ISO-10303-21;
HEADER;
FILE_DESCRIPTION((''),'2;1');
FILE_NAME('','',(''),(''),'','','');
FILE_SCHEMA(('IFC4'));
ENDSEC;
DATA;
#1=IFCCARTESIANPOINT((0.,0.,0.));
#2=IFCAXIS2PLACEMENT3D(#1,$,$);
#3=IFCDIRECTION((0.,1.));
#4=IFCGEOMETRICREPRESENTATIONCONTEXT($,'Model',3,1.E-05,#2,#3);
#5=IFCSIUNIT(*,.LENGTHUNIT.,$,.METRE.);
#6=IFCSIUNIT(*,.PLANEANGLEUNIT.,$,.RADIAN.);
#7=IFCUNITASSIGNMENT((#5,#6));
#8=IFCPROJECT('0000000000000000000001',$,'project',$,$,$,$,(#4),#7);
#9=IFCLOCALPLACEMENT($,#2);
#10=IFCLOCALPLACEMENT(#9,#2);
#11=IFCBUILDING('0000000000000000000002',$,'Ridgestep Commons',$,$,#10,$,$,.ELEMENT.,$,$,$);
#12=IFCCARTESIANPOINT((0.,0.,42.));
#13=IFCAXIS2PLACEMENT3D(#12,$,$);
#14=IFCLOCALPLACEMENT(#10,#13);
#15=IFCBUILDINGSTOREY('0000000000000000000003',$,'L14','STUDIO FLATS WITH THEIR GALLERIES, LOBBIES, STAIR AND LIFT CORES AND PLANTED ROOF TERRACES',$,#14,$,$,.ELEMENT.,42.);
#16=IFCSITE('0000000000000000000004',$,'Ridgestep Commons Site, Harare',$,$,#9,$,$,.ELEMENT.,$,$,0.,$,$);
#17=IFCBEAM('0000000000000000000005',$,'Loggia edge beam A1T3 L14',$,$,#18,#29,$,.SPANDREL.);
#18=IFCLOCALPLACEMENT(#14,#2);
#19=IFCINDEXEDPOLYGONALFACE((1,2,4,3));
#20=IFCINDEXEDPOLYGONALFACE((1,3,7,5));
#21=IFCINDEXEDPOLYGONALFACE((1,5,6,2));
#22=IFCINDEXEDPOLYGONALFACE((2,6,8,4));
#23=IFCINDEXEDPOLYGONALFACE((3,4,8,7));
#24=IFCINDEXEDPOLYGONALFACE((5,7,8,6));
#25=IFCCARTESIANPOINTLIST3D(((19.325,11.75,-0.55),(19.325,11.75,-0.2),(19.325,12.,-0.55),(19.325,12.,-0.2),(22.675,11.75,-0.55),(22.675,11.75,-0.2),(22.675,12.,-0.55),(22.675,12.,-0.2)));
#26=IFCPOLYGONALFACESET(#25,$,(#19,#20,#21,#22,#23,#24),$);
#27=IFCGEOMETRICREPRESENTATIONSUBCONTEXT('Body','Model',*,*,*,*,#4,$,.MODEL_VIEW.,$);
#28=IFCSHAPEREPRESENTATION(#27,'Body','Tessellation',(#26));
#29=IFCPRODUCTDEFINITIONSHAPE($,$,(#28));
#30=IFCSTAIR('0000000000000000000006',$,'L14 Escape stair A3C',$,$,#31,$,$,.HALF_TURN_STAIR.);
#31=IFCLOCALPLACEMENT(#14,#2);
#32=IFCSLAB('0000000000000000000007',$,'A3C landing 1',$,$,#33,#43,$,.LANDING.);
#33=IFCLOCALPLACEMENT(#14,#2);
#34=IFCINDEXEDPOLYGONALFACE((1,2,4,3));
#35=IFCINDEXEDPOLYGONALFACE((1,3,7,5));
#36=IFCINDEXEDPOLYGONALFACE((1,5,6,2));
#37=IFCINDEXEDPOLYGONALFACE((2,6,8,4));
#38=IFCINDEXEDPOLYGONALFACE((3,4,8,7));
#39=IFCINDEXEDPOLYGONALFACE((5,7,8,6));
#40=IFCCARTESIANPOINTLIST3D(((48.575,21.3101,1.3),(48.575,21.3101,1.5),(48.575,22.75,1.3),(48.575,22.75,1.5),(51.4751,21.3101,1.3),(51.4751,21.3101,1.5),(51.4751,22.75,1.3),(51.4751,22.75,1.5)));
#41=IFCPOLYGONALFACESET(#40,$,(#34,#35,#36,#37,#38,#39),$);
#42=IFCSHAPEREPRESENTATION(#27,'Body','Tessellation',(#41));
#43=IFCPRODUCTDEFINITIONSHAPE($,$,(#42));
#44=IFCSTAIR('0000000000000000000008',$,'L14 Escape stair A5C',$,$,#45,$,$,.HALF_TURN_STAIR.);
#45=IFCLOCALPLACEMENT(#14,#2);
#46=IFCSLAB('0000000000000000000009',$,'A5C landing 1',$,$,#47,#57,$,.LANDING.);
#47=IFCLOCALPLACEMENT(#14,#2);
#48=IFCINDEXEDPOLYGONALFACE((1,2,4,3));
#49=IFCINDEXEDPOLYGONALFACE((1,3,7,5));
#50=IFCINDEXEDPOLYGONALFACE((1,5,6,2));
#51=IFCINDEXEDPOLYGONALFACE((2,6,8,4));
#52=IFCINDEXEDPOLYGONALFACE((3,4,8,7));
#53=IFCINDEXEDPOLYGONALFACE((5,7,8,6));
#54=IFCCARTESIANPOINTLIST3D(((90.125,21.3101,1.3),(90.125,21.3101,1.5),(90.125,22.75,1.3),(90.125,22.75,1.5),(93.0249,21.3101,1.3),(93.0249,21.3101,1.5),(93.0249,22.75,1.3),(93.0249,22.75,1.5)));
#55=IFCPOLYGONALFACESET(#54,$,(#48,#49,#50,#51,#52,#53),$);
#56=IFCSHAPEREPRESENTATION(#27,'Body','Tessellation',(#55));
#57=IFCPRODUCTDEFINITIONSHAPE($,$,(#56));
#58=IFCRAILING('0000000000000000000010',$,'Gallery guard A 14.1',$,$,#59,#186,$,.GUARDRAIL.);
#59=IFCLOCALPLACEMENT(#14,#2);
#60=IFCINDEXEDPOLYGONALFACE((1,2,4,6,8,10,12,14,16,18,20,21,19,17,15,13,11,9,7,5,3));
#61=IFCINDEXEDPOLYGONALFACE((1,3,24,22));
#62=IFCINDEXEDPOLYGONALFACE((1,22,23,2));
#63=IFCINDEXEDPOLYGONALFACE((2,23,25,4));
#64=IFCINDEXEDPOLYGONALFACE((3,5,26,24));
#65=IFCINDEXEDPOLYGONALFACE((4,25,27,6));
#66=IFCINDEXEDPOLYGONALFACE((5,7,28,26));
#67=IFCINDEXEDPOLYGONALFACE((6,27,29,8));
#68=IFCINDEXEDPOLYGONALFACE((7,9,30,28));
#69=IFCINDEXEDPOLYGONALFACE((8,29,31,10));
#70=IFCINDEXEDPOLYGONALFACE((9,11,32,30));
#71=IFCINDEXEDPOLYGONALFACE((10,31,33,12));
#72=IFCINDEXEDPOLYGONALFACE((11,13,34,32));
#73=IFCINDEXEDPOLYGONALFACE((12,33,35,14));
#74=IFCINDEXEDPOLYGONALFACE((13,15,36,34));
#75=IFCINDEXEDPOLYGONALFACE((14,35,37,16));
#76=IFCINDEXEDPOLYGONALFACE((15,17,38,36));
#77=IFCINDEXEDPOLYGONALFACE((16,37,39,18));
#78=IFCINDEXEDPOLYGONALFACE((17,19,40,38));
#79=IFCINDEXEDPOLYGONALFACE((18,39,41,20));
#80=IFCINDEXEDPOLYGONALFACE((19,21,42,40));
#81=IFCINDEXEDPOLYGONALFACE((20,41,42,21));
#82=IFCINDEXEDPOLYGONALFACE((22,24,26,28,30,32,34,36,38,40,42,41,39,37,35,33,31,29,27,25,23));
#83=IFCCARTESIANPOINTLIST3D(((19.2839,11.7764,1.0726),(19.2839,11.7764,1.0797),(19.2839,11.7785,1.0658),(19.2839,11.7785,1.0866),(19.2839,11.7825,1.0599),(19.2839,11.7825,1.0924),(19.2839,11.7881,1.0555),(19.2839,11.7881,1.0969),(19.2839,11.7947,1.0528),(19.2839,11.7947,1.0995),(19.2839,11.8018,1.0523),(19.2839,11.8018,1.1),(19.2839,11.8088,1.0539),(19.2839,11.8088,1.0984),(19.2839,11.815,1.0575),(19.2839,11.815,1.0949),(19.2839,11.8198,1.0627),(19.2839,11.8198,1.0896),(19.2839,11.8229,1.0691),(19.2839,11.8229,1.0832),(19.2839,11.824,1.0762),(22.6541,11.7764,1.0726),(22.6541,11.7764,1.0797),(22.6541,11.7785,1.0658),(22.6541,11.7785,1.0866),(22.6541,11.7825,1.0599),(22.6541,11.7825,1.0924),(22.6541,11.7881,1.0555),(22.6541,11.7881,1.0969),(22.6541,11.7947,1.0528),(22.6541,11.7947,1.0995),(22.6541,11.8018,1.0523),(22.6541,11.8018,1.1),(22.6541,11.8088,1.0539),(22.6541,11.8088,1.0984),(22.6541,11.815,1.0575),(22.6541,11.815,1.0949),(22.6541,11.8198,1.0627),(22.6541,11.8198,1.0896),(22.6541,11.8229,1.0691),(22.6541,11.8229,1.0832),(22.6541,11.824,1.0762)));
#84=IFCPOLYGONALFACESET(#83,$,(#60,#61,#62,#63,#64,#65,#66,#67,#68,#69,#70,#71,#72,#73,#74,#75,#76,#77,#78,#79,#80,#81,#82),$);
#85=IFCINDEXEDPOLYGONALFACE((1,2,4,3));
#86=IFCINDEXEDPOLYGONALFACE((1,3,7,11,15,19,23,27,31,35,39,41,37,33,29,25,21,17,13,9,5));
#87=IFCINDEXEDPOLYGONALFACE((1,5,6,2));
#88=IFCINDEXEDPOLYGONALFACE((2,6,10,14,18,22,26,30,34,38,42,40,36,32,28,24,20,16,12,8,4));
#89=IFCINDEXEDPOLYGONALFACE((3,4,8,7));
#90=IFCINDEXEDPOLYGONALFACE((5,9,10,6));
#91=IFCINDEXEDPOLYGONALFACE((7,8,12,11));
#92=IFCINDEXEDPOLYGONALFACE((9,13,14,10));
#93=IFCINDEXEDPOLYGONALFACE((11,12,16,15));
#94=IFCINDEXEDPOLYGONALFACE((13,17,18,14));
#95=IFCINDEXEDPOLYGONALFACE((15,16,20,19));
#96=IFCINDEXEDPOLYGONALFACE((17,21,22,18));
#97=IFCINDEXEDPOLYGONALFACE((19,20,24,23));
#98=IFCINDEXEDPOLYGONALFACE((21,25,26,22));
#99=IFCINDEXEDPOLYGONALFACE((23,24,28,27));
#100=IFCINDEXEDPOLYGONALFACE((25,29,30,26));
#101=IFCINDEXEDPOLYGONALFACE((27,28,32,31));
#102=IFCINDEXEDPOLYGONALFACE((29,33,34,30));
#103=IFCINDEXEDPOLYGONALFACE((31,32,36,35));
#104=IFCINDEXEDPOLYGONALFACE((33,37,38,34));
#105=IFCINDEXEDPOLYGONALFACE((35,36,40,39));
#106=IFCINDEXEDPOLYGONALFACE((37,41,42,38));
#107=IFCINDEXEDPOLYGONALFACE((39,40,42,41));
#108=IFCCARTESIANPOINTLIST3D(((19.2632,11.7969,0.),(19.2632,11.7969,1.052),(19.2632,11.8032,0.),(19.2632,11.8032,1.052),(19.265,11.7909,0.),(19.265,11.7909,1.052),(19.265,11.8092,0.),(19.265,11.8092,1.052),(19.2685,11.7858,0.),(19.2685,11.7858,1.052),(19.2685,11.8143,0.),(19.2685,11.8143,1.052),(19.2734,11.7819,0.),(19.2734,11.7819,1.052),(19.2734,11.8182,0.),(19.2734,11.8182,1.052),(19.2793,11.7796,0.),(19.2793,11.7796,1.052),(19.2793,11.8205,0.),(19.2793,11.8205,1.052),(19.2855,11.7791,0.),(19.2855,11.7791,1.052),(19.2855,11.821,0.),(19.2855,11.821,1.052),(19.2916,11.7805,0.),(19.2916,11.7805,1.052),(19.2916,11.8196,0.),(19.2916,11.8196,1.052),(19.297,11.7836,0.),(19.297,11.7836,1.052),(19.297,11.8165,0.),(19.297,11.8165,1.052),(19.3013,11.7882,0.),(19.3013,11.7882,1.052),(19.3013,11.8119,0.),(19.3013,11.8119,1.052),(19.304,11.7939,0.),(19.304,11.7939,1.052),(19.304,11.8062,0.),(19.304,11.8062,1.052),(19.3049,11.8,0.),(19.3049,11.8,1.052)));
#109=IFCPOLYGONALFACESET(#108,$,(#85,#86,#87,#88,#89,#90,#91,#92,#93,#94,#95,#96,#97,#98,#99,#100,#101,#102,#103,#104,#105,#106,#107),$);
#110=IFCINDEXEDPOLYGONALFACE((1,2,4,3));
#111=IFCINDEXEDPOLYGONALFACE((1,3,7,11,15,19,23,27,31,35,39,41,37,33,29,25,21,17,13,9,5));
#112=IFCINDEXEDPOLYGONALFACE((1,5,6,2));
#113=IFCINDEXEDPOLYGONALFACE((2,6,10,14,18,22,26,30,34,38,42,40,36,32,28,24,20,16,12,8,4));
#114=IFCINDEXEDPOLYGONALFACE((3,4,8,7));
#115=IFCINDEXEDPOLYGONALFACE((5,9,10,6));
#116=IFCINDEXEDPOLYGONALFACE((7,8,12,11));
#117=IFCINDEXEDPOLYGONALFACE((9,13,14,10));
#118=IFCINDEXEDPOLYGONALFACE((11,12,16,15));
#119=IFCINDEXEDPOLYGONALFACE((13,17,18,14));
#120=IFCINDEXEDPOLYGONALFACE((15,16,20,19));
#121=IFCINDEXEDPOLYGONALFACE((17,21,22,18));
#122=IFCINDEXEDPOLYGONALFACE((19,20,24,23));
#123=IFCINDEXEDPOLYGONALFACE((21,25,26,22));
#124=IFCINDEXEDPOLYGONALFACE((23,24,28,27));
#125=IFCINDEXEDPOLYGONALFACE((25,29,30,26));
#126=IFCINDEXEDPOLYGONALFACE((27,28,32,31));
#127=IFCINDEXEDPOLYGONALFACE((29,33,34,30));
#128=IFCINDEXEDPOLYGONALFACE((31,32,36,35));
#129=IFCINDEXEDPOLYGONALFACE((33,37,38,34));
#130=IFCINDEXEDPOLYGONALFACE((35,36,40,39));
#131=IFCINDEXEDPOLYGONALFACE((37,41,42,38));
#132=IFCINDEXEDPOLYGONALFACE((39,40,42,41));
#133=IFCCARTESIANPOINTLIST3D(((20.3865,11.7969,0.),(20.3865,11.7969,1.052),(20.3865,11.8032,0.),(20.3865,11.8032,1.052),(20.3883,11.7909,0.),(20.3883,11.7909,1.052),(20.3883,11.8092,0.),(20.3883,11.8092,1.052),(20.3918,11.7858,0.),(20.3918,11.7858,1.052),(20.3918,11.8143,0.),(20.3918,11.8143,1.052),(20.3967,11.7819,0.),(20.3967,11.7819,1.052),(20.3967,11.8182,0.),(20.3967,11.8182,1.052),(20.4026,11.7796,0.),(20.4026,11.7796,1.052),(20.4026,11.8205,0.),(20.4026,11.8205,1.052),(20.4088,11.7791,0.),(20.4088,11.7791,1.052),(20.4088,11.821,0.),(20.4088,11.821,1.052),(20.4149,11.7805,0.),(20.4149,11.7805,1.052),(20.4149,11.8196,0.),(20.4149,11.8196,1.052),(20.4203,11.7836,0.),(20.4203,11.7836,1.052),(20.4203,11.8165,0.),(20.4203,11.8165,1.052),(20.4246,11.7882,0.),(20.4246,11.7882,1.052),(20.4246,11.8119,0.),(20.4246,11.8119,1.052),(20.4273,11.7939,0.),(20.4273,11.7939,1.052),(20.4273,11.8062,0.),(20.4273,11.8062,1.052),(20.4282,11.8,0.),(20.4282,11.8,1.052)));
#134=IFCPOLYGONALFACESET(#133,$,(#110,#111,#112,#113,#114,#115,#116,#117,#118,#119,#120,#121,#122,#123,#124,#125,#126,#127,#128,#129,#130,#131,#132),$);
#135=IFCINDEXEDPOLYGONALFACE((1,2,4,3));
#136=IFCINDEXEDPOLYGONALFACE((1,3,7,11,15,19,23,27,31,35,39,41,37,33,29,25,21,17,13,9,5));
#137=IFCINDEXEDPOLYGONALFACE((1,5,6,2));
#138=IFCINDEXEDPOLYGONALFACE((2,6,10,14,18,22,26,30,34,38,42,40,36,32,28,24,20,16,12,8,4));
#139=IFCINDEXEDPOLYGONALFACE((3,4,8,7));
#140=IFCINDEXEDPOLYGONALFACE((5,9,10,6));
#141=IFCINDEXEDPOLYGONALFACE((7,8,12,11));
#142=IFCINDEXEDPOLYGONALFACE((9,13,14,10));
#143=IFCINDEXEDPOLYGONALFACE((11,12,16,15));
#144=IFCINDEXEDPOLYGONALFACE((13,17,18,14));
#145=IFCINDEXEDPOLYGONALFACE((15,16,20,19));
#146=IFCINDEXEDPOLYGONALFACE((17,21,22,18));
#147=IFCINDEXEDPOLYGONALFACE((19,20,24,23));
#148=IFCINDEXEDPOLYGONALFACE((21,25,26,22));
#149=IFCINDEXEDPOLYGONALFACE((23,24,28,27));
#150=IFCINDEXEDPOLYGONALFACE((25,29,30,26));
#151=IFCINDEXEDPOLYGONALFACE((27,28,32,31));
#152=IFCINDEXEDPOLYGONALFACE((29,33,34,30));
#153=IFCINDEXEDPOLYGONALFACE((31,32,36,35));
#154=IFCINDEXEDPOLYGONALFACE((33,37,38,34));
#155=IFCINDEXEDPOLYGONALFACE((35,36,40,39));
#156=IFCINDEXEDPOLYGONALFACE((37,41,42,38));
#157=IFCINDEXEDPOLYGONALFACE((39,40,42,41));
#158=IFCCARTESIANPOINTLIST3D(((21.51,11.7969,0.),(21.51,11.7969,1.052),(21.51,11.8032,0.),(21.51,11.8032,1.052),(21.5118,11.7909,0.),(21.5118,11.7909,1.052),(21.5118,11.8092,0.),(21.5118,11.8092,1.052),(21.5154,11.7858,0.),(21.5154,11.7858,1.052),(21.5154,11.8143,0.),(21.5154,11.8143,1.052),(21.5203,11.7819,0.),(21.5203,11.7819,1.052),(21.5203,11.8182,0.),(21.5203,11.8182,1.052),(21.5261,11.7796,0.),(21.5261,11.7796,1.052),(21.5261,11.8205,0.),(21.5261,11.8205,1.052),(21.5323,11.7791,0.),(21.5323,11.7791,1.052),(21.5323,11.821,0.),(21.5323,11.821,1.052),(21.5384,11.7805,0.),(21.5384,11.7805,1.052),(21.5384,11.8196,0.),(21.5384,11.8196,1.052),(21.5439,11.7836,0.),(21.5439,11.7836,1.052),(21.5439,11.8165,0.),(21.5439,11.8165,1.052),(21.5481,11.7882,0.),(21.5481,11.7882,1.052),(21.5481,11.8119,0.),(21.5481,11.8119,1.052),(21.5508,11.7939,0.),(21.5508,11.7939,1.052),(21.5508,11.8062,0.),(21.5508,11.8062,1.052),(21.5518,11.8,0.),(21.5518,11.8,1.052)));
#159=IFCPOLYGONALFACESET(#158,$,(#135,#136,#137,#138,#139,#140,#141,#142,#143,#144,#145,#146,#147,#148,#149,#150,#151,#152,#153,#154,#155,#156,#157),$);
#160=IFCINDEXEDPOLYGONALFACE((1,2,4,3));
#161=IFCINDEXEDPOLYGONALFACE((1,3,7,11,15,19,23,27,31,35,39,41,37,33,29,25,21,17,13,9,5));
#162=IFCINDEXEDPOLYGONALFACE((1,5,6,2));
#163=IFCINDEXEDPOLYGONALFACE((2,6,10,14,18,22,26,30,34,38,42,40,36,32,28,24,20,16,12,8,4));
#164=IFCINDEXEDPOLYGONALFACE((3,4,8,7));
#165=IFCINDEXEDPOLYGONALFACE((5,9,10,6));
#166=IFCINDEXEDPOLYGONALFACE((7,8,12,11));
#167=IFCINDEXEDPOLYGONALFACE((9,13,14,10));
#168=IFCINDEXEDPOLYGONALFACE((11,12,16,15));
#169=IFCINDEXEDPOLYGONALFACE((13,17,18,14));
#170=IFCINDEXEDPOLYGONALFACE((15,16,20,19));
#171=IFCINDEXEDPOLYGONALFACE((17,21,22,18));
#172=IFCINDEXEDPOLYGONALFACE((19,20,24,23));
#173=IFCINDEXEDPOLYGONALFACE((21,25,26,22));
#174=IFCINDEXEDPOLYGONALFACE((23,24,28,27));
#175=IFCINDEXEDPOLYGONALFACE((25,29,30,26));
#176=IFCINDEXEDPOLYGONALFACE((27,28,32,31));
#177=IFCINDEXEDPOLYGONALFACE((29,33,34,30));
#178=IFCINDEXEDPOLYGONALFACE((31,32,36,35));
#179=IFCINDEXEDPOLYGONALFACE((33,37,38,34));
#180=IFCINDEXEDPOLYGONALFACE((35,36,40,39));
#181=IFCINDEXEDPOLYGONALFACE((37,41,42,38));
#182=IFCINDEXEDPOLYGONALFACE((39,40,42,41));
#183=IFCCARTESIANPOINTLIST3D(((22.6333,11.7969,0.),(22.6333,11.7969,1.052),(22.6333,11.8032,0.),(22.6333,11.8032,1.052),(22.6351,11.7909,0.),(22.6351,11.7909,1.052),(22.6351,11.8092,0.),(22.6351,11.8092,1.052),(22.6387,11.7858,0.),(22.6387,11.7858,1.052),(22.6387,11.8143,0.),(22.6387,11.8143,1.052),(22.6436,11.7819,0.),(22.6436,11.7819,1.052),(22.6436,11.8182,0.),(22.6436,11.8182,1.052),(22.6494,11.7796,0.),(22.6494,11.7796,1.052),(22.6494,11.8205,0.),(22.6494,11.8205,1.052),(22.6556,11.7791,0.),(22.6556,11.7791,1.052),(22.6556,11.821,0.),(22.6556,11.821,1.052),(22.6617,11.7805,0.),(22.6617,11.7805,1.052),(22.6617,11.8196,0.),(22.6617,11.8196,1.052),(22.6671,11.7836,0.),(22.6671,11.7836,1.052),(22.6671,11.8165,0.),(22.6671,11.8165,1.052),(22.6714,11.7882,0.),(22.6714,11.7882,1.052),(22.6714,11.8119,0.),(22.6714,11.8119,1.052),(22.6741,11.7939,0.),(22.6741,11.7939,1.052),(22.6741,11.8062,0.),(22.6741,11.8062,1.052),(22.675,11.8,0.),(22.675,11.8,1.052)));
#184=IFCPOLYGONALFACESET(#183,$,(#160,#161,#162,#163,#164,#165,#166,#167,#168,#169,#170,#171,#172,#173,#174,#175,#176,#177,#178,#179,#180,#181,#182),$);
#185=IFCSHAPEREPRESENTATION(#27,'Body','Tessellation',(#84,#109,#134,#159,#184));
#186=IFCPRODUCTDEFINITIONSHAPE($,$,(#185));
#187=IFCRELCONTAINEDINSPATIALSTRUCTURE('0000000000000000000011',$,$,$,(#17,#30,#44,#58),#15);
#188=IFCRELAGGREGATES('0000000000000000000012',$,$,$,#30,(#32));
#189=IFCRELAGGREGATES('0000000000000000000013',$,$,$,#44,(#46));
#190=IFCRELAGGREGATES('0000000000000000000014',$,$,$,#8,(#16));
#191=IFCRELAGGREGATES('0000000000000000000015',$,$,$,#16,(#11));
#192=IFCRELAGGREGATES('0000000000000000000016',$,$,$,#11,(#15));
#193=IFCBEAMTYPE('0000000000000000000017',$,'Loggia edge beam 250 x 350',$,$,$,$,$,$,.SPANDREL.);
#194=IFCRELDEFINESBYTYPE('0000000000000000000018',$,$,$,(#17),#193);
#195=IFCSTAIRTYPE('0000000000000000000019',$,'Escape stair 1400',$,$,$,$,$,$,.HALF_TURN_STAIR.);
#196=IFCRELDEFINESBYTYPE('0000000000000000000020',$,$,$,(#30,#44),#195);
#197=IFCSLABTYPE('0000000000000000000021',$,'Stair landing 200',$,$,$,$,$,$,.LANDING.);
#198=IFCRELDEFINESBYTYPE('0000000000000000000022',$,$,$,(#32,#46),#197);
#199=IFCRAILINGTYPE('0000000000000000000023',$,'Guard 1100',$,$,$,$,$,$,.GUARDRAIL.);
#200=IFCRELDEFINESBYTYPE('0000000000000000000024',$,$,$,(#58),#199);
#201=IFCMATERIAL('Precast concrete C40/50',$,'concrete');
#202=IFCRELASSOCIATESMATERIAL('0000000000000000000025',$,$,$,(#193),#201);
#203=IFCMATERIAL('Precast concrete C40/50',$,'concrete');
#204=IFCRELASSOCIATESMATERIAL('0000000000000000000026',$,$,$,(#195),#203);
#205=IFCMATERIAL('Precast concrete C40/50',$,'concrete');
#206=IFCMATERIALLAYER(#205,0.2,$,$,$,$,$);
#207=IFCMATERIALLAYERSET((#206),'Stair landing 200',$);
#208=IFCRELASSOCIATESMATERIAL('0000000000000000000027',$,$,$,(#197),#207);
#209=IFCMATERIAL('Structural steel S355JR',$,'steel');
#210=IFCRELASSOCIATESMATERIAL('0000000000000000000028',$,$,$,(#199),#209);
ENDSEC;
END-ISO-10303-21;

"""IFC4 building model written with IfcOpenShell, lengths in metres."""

from ifc_helpers import new_model, si_unit, direction, frame, origin, origin_2d, place, context, subcontext, project, spatial, polyline, rectangle, circle, outline, extrude, material, layer, layer_set, material_profile, profile_set, type_object, element, aggregate, save


model = new_model("IFC4")

# Units and contexts
model_context = context("Model", 3, precision=1e-05, world=origin(), true_north=direction((0.0, 1.0)))
body_context = subcontext(model_context, "Body", "Model", "MODEL_VIEW")
ifc_project = project(units=[si_unit("LENGTHUNIT", "METRE"), si_unit("PLANEANGLEUNIT", "RADIAN")], contexts=[model_context])

# Site, building, storey
site_placement = place(None, origin())
site = spatial("IfcSite", under=ifc_project, at=site_placement, Name="Ridgestep Commons Site, Harare", CompositionType="ELEMENT", RefElevation=0.0)
building_placement = place(site_placement, origin())
building = spatial("IfcBuilding", under=site, at=building_placement, Name="Ridgestep Commons", CompositionType="ELEMENT")
storey_placement = place(building_placement, frame((0.0, 0.0, 42.0)))
storey = spatial("IfcBuildingStorey", under=building, at=storey_placement, Name="L14", Description="STUDIO FLATS WITH THEIR GALLERIES, LOBBIES, STAIR AND LIFT CORES AND PLANTED ROOF TERRACES", CompositionType="ELEMENT", Elevation=42.0)

# Beam
ifc_material_1 = material(Name="Precast concrete C40/50", Category="concrete")
ifc_material_profile = material_profile(ifc_material_1, rectangle(XDim=0.25, YDim=0.3501, at=origin_2d()), Name="PC 250x350")
ifc_profile_set = profile_set([ifc_material_profile], Name="Precast concrete C40/50")
beam_type = type_object("IfcBeamType", Name="Loggia edge beam 250 x 350", PredefinedType="SPANDREL", material=ifc_profile_set)
beam_placement = place(storey_placement, frame((19.325, 11.875, -0.375), z_axis=(1.0, 0.0, 0.0), x_axis=(0.0, 1.0, 0.0)))
element("IfcBeam", 1, at=beam_placement, inside=storey, type_object=beam_type, Name="Loggia edge beam A1T3 L14", PredefinedType="SPANDREL", context=body_context, shape_type="SweptSolid", body=[
    extrude(rectangle(XDim=0.25, YDim=0.3501, at=origin_2d()), origin(), (0.0, 0.0, 1.0), 3.3501),
])

# Stairs, slabs
ifc_material_2 = material(Name="Precast concrete C40/50", Category="concrete")
stair_type = type_object("IfcStairType", Name="Escape stair 1400", PredefinedType="HALF_TURN_STAIR", material=ifc_material_2)
stair_1_placement = place(storey_placement, origin())
stair_1 = element("IfcStair", 2, at=stair_1_placement, inside=storey, type_object=stair_type, Name="L14 Escape stair A3C", PredefinedType="HALF_TURN_STAIR")
ifc_material_3 = material(Name="Precast concrete C40/50", Category="concrete")
ifc_layer_1 = layer(ifc_material_3, 0.2)
ifc_layer_set_1 = layer_set([ifc_layer_1], Name="Stair landing 200")
slab_type = type_object("IfcSlabType", Name="Stair landing 200", PredefinedType="LANDING", material=ifc_layer_set_1)
slab_1_placement = place(storey_placement, frame((0.0, 0.0, 1.3)))
slab_1 = element("IfcSlab", 3, at=slab_1_placement, type_object=slab_type, Name="A3C landing 1", PredefinedType="LANDING", context=body_context, shape_type="SweptSolid", body=[
    extrude(outline(polyline([(51.4751, 21.3101), (51.4751, 22.75), (48.575, 22.75), (48.575, 21.3101), (51.4751, 21.3101)])), origin(), (0.0, 0.0, 1.0), 0.2),
])
aggregate(stair_1, [slab_1])
stair_2_placement = place(storey_placement, origin())
stair_2 = element("IfcStair", 4, at=stair_2_placement, inside=storey, type_object=stair_type, Name="L14 Escape stair A5C", PredefinedType="HALF_TURN_STAIR")
slab_2_placement = place(storey_placement, frame((0.0, 0.0, 1.3)))
slab_2 = element("IfcSlab", 5, at=slab_2_placement, type_object=slab_type, Name="A5C landing 1", PredefinedType="LANDING", context=body_context, shape_type="SweptSolid", body=[
    extrude(outline(polyline([(93.0249, 21.3101), (93.0249, 22.75), (90.125, 22.75), (90.125, 21.3101), (93.0249, 21.3101)])), origin(), (0.0, 0.0, 1.0), 0.2),
])
aggregate(stair_2, [slab_2])

# Railing
ifc_material_4 = material(Name="Structural steel S355JR", Category="steel")
railing_type = type_object("IfcRailingType", Name="Guard 1100", PredefinedType="GUARDRAIL", material=ifc_material_4)
railing_1_placement = place(storey_placement, frame((19.2839, 11.8, 0.0)))
element("IfcRailing", 6, at=railing_1_placement, inside=storey, type_object=railing_type, Name="Gallery guard A 14.1", PredefinedType="GUARDRAIL", context=body_context, shape_type="SweptSolid", body=[
    extrude(circle(Radius=0.0239, at=origin_2d()), frame((0.0, 0.0, 1.0762), z_axis=(1.0, 0.0, 0.0), x_axis=(0.0, 1.0, 0.0)), (0.0, 0.0, 1.0), 3.3701),
    extrude(circle(Radius=0.021, at=origin_2d()), origin(), (0.0, 0.0, 1.0), 1.052),
    extrude(circle(Radius=0.021, at=origin_2d()), frame((1.1233, 0.0, 0.0)), (0.0, 0.0, 1.0), 1.052),
    extrude(circle(Radius=0.021, at=origin_2d()), frame((2.2468, 0.0, 0.0)), (0.0, 0.0, 1.0), 1.052),
    extrude(circle(Radius=0.021, at=origin_2d()), frame((3.3701, 0.0, 0.0)), (0.0, 0.0, 1.0), 1.052),
])

save(model, "model.ifc")
